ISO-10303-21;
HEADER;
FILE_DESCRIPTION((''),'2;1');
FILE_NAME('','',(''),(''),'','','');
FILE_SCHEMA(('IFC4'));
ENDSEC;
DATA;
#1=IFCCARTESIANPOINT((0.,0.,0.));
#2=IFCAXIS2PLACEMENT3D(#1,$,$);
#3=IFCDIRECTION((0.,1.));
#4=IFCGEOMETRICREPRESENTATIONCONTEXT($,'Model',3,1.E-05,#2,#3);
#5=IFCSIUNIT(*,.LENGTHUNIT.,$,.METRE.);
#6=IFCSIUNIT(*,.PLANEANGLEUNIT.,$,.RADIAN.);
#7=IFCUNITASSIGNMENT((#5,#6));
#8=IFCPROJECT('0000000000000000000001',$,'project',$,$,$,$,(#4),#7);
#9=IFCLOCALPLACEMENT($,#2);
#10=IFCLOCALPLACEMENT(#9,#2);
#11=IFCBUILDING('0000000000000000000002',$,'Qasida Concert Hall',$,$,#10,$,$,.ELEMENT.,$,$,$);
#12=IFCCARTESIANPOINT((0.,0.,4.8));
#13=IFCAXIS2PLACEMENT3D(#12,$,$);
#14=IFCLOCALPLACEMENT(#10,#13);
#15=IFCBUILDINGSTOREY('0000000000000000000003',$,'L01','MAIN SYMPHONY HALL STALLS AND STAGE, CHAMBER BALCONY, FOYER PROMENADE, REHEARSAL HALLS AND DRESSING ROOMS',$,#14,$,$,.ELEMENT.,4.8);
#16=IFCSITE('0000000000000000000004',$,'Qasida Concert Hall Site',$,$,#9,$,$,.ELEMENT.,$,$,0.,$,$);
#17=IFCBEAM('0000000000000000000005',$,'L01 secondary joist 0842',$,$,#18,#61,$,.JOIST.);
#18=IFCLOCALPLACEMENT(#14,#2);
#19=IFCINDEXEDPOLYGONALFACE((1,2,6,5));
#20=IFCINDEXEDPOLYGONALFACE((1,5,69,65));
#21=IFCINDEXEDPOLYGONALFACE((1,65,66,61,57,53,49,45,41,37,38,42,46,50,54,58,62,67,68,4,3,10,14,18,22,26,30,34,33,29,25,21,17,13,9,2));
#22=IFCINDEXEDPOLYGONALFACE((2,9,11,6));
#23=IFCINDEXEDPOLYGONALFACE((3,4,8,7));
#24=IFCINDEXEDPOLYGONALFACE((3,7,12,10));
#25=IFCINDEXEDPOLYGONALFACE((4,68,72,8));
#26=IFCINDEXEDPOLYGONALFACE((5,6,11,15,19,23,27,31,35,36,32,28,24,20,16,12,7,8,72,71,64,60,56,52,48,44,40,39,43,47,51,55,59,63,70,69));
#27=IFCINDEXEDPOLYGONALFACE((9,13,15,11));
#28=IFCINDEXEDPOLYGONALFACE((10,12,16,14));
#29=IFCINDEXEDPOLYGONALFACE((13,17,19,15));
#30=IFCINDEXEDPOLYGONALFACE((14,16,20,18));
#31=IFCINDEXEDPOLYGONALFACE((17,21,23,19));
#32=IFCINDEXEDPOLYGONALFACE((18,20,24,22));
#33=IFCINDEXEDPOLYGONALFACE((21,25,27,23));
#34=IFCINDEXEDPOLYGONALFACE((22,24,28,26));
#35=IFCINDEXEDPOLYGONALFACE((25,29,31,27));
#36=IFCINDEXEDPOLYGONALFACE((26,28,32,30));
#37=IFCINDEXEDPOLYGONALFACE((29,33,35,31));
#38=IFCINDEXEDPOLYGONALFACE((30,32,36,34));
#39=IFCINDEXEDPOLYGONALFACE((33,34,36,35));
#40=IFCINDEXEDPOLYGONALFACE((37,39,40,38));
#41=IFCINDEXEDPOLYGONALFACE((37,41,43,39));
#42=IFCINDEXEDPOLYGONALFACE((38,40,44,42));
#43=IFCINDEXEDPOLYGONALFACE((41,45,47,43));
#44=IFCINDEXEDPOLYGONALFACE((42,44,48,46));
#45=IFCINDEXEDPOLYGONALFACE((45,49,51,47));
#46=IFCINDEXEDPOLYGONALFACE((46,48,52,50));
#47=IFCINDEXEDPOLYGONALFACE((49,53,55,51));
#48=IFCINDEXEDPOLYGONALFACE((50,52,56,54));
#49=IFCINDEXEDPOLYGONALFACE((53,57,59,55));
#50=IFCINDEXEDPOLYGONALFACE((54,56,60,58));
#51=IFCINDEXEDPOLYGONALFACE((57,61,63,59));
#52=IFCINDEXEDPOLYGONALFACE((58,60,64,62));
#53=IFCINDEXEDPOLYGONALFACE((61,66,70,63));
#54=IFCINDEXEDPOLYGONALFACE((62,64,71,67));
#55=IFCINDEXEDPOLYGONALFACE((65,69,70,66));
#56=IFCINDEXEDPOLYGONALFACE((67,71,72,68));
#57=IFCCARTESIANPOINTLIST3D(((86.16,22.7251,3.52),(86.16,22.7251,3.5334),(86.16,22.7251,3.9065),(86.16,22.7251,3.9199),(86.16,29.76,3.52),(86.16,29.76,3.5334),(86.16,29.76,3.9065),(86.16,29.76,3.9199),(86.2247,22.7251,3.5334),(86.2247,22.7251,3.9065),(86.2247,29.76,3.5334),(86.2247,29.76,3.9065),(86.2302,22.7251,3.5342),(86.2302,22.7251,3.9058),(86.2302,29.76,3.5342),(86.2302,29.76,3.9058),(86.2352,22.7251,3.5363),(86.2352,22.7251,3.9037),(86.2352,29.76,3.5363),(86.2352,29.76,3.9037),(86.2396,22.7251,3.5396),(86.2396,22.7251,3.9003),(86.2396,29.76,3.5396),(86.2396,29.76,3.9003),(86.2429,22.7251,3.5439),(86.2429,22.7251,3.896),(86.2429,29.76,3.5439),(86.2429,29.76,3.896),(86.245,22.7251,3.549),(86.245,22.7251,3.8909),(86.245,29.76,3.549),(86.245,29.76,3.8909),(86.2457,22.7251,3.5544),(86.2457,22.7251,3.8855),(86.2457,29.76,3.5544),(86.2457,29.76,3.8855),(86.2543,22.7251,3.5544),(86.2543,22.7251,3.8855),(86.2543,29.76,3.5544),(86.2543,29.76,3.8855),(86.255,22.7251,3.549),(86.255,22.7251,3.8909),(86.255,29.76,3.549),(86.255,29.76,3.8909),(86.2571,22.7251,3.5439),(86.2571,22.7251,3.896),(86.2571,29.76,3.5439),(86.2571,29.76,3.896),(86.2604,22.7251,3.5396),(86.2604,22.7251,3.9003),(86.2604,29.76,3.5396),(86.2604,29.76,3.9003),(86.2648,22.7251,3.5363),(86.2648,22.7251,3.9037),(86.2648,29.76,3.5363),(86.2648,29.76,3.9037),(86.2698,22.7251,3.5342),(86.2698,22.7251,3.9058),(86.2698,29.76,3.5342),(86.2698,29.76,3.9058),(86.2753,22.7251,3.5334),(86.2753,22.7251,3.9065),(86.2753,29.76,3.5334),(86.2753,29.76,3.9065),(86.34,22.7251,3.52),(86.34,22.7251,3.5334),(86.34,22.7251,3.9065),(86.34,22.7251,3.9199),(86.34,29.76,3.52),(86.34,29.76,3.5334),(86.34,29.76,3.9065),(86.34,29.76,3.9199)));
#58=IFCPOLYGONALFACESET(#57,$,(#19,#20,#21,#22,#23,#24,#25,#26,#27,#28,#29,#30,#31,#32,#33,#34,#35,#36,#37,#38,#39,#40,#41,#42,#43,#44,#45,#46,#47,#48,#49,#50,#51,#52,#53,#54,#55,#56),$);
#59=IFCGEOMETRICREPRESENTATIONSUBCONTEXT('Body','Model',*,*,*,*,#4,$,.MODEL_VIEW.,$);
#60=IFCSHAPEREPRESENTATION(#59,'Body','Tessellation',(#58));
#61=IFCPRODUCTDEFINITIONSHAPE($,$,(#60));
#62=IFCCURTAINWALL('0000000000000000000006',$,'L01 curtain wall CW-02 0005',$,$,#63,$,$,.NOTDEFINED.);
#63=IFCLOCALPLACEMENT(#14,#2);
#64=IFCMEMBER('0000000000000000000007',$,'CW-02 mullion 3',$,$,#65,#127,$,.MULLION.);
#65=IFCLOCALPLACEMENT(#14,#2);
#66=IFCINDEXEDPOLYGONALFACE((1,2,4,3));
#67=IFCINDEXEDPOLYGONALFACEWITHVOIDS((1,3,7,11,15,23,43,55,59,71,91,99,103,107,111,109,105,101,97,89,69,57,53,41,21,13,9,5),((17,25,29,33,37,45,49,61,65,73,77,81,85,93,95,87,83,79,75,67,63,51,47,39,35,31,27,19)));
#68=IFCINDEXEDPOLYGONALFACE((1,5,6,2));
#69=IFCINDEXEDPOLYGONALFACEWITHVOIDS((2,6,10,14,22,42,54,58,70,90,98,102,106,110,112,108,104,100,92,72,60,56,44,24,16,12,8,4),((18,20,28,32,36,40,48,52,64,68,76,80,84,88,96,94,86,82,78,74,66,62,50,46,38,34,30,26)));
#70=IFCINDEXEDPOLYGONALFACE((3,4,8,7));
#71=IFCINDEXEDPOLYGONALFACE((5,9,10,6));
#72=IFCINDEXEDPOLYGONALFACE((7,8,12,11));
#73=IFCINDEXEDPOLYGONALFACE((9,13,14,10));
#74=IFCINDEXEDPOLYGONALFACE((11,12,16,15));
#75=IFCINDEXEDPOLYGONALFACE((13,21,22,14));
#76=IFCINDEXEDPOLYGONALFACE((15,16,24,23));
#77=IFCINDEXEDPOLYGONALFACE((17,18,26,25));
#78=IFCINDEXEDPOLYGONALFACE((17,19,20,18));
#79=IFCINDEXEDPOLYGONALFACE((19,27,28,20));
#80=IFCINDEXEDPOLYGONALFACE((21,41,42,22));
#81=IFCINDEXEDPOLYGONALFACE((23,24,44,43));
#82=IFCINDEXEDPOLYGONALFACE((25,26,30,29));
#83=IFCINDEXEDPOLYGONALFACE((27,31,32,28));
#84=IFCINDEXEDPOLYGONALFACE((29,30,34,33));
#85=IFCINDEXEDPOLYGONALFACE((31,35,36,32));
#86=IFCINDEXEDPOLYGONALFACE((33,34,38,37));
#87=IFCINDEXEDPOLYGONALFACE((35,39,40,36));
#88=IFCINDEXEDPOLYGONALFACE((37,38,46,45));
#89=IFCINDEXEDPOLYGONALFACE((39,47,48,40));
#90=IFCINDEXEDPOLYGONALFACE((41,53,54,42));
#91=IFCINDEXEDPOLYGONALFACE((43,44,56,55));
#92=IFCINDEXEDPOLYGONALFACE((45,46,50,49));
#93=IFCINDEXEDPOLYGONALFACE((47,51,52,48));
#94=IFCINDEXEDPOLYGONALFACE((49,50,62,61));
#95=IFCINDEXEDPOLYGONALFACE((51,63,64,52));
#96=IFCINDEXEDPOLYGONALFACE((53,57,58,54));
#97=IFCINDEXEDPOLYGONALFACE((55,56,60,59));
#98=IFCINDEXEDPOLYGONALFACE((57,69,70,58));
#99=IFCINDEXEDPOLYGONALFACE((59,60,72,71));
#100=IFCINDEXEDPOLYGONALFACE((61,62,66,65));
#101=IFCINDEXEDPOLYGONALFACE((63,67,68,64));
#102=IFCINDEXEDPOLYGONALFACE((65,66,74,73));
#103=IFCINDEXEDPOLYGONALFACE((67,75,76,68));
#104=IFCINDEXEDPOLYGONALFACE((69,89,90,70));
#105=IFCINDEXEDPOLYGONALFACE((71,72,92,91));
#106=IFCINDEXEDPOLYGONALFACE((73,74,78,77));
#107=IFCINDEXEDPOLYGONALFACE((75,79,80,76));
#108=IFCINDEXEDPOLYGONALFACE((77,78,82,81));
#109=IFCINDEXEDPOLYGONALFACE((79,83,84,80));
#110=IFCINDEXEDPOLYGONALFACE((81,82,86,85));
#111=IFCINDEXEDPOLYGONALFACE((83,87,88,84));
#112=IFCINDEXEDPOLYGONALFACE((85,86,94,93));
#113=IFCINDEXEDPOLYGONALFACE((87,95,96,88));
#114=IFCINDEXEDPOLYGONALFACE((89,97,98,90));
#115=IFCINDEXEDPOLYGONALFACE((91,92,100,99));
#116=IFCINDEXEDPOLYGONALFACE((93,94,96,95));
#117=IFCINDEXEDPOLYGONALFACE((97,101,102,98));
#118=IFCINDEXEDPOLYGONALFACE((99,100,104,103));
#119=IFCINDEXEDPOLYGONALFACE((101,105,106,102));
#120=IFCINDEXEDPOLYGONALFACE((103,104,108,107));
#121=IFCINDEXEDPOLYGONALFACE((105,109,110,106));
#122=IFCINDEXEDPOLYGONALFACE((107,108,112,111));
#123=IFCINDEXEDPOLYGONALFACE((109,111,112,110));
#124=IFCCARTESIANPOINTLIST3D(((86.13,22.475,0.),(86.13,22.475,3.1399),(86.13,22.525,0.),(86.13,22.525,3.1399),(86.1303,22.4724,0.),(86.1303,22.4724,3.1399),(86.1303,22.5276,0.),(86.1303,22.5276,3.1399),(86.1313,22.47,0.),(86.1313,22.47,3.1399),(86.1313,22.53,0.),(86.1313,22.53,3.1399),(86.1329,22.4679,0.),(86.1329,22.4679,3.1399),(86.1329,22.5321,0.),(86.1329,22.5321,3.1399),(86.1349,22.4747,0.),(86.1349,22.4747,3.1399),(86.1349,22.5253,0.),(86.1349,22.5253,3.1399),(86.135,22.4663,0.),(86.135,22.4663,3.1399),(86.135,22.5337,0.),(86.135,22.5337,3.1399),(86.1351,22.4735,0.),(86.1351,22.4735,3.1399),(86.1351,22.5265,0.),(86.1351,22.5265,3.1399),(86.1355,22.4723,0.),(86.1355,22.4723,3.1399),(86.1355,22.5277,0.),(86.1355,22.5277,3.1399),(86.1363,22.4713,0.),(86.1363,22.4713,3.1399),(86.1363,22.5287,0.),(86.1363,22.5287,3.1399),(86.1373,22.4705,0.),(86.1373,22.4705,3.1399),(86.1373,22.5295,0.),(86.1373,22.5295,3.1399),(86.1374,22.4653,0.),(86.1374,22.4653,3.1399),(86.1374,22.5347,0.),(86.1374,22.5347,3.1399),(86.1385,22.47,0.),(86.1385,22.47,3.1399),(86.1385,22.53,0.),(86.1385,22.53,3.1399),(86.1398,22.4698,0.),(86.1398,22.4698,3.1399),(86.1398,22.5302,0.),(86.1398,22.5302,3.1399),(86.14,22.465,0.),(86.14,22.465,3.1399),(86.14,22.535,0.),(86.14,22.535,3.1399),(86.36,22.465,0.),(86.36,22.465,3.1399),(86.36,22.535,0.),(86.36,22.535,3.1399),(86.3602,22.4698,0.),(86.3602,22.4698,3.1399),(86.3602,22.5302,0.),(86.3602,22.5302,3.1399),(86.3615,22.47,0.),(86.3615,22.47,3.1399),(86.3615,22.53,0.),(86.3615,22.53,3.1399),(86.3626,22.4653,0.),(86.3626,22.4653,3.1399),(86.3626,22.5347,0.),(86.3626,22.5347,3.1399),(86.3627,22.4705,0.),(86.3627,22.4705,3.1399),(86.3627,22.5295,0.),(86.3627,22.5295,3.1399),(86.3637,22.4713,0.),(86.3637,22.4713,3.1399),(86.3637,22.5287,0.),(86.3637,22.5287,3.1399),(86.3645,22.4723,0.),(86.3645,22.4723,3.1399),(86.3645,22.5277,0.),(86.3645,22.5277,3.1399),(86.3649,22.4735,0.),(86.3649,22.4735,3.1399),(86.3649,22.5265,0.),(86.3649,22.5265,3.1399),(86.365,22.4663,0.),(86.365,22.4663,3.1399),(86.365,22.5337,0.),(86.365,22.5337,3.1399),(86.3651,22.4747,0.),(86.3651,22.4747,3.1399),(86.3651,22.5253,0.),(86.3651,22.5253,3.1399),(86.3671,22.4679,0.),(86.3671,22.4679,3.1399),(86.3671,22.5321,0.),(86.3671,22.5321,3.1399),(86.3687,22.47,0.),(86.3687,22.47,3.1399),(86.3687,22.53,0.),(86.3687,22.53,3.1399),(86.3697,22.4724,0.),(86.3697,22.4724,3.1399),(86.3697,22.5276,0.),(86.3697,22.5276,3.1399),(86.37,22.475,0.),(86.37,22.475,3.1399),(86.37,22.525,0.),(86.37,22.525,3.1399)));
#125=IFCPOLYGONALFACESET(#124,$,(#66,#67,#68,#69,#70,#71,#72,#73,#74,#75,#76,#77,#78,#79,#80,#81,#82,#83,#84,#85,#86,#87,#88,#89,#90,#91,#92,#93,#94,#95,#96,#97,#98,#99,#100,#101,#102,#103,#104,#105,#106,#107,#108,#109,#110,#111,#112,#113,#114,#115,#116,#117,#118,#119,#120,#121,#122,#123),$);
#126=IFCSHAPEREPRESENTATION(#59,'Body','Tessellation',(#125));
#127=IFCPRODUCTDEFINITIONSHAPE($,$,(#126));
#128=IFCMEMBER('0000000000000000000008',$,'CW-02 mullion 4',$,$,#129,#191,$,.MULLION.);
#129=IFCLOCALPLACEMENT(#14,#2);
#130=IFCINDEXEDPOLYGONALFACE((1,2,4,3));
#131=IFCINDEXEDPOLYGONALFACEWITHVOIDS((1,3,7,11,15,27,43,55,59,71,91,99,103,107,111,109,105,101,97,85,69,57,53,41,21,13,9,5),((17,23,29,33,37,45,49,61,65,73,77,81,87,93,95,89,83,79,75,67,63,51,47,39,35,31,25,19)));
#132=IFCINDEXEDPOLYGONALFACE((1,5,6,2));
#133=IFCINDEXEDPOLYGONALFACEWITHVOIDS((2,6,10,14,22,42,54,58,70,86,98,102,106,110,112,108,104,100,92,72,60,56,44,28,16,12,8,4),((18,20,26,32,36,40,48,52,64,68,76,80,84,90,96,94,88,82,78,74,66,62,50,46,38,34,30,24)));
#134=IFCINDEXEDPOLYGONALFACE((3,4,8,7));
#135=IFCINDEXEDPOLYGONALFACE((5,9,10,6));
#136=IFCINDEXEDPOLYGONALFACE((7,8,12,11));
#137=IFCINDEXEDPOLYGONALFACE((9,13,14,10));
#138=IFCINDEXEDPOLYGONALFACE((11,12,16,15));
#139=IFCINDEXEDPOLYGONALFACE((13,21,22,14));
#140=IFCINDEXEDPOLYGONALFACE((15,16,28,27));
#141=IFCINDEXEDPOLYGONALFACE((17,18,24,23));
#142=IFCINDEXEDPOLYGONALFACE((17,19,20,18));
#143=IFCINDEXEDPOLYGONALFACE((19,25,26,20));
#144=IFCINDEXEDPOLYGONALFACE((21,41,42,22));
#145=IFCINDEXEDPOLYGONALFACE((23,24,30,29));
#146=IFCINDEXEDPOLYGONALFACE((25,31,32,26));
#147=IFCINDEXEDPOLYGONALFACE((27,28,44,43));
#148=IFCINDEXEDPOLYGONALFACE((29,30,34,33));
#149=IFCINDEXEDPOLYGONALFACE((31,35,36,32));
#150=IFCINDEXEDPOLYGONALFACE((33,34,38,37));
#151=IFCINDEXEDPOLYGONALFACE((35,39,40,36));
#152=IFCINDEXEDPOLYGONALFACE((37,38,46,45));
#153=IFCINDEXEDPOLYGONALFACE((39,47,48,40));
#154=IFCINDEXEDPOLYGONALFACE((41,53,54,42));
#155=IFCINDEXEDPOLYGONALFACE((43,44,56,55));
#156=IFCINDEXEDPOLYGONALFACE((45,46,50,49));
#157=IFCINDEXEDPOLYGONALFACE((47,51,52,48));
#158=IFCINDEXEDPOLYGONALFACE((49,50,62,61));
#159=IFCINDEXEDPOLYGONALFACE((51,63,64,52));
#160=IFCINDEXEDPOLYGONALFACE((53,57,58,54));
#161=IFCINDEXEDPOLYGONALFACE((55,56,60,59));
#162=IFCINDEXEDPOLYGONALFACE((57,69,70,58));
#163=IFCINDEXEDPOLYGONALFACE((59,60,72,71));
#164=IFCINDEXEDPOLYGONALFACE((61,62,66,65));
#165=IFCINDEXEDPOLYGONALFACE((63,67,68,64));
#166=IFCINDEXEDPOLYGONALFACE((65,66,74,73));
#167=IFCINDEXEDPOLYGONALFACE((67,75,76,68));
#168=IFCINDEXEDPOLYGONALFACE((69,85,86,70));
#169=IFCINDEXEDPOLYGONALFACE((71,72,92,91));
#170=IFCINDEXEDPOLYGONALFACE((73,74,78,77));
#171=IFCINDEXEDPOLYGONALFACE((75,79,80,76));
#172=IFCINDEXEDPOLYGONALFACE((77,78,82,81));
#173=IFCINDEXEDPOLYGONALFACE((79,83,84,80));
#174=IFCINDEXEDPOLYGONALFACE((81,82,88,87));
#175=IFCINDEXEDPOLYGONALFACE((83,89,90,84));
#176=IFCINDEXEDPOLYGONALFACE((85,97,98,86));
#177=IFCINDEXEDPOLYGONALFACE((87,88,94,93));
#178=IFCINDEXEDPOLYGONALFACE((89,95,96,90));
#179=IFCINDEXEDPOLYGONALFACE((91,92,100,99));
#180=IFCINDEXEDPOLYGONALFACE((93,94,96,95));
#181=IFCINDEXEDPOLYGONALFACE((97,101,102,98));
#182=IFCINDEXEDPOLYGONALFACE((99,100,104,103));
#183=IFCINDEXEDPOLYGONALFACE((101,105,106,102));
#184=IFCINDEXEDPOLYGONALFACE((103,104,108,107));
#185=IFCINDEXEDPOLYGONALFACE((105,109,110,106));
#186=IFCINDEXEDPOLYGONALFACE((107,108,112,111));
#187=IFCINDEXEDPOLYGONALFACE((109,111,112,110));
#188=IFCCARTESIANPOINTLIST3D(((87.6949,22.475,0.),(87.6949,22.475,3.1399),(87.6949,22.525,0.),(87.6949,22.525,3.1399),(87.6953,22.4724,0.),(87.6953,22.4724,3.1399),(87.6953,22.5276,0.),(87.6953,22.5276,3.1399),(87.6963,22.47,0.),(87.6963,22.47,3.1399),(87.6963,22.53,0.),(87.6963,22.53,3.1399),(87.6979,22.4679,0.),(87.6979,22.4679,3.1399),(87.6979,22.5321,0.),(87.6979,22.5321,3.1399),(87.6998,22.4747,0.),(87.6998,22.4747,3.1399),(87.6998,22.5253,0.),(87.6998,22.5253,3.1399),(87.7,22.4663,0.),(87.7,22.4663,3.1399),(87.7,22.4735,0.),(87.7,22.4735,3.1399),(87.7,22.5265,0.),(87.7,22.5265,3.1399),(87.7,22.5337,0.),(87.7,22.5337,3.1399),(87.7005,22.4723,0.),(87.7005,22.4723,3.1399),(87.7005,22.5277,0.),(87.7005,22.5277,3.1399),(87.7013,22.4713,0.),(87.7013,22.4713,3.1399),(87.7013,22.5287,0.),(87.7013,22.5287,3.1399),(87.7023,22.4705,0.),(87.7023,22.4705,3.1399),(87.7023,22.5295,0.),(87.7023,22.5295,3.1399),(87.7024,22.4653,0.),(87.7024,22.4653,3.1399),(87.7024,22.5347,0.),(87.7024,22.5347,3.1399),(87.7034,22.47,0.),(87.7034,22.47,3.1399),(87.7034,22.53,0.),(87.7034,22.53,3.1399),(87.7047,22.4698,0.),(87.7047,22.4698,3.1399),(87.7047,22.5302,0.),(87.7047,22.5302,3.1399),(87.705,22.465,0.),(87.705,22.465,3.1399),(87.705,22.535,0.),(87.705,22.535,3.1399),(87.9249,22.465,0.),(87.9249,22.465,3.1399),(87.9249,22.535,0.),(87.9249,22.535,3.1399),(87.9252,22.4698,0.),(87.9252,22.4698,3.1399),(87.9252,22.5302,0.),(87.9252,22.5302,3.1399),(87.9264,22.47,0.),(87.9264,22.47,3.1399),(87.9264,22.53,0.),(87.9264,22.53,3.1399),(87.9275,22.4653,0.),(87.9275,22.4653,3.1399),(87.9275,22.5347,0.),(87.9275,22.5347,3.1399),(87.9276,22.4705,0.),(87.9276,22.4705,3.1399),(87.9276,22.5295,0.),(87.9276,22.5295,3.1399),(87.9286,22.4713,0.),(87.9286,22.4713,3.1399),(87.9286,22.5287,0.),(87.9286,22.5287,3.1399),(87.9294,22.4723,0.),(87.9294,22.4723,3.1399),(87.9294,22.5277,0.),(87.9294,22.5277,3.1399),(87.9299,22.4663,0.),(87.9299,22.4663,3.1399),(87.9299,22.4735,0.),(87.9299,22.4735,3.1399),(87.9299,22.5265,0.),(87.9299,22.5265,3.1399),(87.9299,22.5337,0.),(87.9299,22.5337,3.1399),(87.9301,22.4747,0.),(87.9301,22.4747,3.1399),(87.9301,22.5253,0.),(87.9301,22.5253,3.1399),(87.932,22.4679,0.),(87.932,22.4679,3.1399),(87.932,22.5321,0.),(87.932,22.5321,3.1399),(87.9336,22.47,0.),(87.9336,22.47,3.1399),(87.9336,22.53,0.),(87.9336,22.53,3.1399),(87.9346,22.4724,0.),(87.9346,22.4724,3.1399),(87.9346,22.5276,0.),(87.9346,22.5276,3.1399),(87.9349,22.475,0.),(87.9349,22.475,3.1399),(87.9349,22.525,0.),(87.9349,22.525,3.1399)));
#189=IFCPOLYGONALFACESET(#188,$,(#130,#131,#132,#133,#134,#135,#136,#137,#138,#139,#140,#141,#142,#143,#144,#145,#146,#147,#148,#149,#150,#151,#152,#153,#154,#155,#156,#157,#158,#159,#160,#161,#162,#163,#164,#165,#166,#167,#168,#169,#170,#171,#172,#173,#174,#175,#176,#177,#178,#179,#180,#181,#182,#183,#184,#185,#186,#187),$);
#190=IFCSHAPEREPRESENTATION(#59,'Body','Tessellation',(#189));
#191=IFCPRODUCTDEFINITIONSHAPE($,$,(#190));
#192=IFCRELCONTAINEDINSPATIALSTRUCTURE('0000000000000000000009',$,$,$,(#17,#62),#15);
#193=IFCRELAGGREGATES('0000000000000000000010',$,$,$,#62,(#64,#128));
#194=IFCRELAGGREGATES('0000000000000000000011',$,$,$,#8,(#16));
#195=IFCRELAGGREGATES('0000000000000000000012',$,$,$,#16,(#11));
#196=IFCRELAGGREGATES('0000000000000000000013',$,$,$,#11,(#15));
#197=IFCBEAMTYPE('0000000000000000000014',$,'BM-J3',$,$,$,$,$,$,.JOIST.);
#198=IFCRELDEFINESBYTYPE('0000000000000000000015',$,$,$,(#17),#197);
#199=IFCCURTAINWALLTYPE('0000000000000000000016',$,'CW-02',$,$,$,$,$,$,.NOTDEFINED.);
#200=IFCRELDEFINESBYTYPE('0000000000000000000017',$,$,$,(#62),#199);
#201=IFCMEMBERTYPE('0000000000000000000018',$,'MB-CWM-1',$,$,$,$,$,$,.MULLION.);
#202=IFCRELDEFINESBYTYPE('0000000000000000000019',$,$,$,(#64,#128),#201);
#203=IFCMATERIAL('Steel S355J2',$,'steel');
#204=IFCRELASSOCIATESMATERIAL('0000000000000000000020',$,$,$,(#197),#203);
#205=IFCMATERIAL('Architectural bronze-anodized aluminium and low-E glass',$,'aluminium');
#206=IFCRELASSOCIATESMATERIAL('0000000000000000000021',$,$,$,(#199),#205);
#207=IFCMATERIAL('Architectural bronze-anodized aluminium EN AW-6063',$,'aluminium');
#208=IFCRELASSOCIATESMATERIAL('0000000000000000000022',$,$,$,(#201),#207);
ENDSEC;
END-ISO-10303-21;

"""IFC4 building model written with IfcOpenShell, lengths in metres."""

from ifc_helpers import new_model, si_unit, direction, frame, origin, origin_2d, place, context, subcontext, project, spatial, hollow_rectangle, i_section, extrude, material, material_profile, profile_set, type_object, element, aggregate, save


model = new_model("IFC4")

# Units and contexts
model_context = context("Model", 3, precision=1e-05, world=origin(), true_north=direction((0.0, 1.0)))
body_context = subcontext(model_context, "Body", "Model", "MODEL_VIEW")
ifc_project = project(units=[si_unit("LENGTHUNIT", "METRE"), si_unit("PLANEANGLEUNIT", "RADIAN")], contexts=[model_context])

# Site, building, storey
site_placement = place(None, origin())
site = spatial("IfcSite", under=ifc_project, at=site_placement, Name="Qasida Concert Hall Site", CompositionType="ELEMENT", RefElevation=0.0)
building_placement = place(site_placement, origin())
building = spatial("IfcBuilding", under=site, at=building_placement, Name="Qasida Concert Hall", CompositionType="ELEMENT")
storey_placement = place(building_placement, frame((0.0, 0.0, 4.8)))
storey = spatial("IfcBuildingStorey", under=building, at=storey_placement, Name="L01", Description="MAIN SYMPHONY HALL STALLS AND STAGE, CHAMBER BALCONY, FOYER PROMENADE, REHEARSAL HALLS AND DRESSING ROOMS", CompositionType="ELEMENT", Elevation=4.8)

# Beam
ifc_material_1 = material(Name="Steel S355J2", Category="steel")
ifc_material_profile_1 = material_profile(ifc_material_1, i_section(OverallWidth=0.1799, OverallDepth=0.3999, WebThickness=0.0085, FlangeThickness=0.0134, FilletRadius=0.021, at=origin_2d()), Name="IPE 400")
ifc_profile_set_1 = profile_set([ifc_material_profile_1], Name="Steel S355J2")
beam_type = type_object("IfcBeamType", Name="BM-J3", PredefinedType="JOIST", material=ifc_profile_set_1)
beam_placement = place(storey_placement, frame((86.25, 22.7251, 3.72), z_axis=(0.0, 1.0, 0.0), x_axis=(-1.0, 0.0, 0.0)))
element("IfcBeam", 1, at=beam_placement, inside=storey, type_object=beam_type, Name="L01 secondary joist 0842", PredefinedType="JOIST", context=body_context, shape_type="SweptSolid", body=[
    extrude(i_section(OverallWidth=0.1799, OverallDepth=0.3999, WebThickness=0.0085, FlangeThickness=0.0134, FilletRadius=0.021, at=origin_2d()), origin(), (0.0, 0.0, 1.0), 7.0349),
])

# Curtain wall, members
ifc_material_2 = material(Name="Architectural bronze-anodized aluminium and low-E glass", Category="aluminium")
curtain_wall_type = type_object("IfcCurtainWallType", Name="CW-02", PredefinedType="NOTDEFINED", material=ifc_material_2)
curtain_wall_placement = place(storey_placement, origin())
curtain_wall = element("IfcCurtainWall", 2, at=curtain_wall_placement, inside=storey, type_object=curtain_wall_type, Name="L01 curtain wall CW-02 0005", PredefinedType="NOTDEFINED")
ifc_material_3 = material(Name="Architectural bronze-anodized aluminium EN AW-6063", Category="aluminium")
ifc_material_profile_2 = material_profile(ifc_material_3, hollow_rectangle(XDim=0.0701, YDim=0.24, WallThickness=0.0049, InnerFilletRadius=0.0049, OuterFilletRadius=0.01, at=origin_2d()), Name="CWM 240x70x5")
ifc_profile_set_2 = profile_set([ifc_material_profile_2], Name="Architectural bronze-anodized aluminium EN AW-6063")
member_type_1 = type_object("IfcMemberType", Name="MB-CWM-1", PredefinedType="MULLION", material=ifc_profile_set_2)
member_1_placement = place(storey_placement, frame((86.25, 22.5, 0.0), z_axis=(0.0, 0.0, 1.0), x_axis=(0.0, 1.0, 0.0)))
member_1 = element("IfcMember", 3, at=member_1_placement, type_object=member_type_1, Name="CW-02 mullion 3", PredefinedType="MULLION", context=body_context, shape_type="SweptSolid", body=[
    extrude(hollow_rectangle(XDim=0.0701, YDim=0.24, WallThickness=0.0049, InnerFilletRadius=0.0049, OuterFilletRadius=0.01, at=origin_2d()), origin(), (0.0, 0.0, 1.0), 3.1399),
])
member_2_placement = place(storey_placement, frame((87.8149, 22.5, 0.0), z_axis=(0.0, 0.0, 1.0), x_axis=(0.0, 1.0, 0.0)))
member_2 = element("IfcMember", 4, at=member_2_placement, type_object=member_type_1, Name="CW-02 mullion 4", PredefinedType="MULLION", context=body_context, shape_type="SweptSolid", body=[
    extrude(hollow_rectangle(XDim=0.0701, YDim=0.24, WallThickness=0.0049, InnerFilletRadius=0.0049, OuterFilletRadius=0.01, at=origin_2d()), origin(), (0.0, 0.0, 1.0), 3.1399),
])
aggregate(curtain_wall, [member_1, member_2])

save(model, "model.ifc")
